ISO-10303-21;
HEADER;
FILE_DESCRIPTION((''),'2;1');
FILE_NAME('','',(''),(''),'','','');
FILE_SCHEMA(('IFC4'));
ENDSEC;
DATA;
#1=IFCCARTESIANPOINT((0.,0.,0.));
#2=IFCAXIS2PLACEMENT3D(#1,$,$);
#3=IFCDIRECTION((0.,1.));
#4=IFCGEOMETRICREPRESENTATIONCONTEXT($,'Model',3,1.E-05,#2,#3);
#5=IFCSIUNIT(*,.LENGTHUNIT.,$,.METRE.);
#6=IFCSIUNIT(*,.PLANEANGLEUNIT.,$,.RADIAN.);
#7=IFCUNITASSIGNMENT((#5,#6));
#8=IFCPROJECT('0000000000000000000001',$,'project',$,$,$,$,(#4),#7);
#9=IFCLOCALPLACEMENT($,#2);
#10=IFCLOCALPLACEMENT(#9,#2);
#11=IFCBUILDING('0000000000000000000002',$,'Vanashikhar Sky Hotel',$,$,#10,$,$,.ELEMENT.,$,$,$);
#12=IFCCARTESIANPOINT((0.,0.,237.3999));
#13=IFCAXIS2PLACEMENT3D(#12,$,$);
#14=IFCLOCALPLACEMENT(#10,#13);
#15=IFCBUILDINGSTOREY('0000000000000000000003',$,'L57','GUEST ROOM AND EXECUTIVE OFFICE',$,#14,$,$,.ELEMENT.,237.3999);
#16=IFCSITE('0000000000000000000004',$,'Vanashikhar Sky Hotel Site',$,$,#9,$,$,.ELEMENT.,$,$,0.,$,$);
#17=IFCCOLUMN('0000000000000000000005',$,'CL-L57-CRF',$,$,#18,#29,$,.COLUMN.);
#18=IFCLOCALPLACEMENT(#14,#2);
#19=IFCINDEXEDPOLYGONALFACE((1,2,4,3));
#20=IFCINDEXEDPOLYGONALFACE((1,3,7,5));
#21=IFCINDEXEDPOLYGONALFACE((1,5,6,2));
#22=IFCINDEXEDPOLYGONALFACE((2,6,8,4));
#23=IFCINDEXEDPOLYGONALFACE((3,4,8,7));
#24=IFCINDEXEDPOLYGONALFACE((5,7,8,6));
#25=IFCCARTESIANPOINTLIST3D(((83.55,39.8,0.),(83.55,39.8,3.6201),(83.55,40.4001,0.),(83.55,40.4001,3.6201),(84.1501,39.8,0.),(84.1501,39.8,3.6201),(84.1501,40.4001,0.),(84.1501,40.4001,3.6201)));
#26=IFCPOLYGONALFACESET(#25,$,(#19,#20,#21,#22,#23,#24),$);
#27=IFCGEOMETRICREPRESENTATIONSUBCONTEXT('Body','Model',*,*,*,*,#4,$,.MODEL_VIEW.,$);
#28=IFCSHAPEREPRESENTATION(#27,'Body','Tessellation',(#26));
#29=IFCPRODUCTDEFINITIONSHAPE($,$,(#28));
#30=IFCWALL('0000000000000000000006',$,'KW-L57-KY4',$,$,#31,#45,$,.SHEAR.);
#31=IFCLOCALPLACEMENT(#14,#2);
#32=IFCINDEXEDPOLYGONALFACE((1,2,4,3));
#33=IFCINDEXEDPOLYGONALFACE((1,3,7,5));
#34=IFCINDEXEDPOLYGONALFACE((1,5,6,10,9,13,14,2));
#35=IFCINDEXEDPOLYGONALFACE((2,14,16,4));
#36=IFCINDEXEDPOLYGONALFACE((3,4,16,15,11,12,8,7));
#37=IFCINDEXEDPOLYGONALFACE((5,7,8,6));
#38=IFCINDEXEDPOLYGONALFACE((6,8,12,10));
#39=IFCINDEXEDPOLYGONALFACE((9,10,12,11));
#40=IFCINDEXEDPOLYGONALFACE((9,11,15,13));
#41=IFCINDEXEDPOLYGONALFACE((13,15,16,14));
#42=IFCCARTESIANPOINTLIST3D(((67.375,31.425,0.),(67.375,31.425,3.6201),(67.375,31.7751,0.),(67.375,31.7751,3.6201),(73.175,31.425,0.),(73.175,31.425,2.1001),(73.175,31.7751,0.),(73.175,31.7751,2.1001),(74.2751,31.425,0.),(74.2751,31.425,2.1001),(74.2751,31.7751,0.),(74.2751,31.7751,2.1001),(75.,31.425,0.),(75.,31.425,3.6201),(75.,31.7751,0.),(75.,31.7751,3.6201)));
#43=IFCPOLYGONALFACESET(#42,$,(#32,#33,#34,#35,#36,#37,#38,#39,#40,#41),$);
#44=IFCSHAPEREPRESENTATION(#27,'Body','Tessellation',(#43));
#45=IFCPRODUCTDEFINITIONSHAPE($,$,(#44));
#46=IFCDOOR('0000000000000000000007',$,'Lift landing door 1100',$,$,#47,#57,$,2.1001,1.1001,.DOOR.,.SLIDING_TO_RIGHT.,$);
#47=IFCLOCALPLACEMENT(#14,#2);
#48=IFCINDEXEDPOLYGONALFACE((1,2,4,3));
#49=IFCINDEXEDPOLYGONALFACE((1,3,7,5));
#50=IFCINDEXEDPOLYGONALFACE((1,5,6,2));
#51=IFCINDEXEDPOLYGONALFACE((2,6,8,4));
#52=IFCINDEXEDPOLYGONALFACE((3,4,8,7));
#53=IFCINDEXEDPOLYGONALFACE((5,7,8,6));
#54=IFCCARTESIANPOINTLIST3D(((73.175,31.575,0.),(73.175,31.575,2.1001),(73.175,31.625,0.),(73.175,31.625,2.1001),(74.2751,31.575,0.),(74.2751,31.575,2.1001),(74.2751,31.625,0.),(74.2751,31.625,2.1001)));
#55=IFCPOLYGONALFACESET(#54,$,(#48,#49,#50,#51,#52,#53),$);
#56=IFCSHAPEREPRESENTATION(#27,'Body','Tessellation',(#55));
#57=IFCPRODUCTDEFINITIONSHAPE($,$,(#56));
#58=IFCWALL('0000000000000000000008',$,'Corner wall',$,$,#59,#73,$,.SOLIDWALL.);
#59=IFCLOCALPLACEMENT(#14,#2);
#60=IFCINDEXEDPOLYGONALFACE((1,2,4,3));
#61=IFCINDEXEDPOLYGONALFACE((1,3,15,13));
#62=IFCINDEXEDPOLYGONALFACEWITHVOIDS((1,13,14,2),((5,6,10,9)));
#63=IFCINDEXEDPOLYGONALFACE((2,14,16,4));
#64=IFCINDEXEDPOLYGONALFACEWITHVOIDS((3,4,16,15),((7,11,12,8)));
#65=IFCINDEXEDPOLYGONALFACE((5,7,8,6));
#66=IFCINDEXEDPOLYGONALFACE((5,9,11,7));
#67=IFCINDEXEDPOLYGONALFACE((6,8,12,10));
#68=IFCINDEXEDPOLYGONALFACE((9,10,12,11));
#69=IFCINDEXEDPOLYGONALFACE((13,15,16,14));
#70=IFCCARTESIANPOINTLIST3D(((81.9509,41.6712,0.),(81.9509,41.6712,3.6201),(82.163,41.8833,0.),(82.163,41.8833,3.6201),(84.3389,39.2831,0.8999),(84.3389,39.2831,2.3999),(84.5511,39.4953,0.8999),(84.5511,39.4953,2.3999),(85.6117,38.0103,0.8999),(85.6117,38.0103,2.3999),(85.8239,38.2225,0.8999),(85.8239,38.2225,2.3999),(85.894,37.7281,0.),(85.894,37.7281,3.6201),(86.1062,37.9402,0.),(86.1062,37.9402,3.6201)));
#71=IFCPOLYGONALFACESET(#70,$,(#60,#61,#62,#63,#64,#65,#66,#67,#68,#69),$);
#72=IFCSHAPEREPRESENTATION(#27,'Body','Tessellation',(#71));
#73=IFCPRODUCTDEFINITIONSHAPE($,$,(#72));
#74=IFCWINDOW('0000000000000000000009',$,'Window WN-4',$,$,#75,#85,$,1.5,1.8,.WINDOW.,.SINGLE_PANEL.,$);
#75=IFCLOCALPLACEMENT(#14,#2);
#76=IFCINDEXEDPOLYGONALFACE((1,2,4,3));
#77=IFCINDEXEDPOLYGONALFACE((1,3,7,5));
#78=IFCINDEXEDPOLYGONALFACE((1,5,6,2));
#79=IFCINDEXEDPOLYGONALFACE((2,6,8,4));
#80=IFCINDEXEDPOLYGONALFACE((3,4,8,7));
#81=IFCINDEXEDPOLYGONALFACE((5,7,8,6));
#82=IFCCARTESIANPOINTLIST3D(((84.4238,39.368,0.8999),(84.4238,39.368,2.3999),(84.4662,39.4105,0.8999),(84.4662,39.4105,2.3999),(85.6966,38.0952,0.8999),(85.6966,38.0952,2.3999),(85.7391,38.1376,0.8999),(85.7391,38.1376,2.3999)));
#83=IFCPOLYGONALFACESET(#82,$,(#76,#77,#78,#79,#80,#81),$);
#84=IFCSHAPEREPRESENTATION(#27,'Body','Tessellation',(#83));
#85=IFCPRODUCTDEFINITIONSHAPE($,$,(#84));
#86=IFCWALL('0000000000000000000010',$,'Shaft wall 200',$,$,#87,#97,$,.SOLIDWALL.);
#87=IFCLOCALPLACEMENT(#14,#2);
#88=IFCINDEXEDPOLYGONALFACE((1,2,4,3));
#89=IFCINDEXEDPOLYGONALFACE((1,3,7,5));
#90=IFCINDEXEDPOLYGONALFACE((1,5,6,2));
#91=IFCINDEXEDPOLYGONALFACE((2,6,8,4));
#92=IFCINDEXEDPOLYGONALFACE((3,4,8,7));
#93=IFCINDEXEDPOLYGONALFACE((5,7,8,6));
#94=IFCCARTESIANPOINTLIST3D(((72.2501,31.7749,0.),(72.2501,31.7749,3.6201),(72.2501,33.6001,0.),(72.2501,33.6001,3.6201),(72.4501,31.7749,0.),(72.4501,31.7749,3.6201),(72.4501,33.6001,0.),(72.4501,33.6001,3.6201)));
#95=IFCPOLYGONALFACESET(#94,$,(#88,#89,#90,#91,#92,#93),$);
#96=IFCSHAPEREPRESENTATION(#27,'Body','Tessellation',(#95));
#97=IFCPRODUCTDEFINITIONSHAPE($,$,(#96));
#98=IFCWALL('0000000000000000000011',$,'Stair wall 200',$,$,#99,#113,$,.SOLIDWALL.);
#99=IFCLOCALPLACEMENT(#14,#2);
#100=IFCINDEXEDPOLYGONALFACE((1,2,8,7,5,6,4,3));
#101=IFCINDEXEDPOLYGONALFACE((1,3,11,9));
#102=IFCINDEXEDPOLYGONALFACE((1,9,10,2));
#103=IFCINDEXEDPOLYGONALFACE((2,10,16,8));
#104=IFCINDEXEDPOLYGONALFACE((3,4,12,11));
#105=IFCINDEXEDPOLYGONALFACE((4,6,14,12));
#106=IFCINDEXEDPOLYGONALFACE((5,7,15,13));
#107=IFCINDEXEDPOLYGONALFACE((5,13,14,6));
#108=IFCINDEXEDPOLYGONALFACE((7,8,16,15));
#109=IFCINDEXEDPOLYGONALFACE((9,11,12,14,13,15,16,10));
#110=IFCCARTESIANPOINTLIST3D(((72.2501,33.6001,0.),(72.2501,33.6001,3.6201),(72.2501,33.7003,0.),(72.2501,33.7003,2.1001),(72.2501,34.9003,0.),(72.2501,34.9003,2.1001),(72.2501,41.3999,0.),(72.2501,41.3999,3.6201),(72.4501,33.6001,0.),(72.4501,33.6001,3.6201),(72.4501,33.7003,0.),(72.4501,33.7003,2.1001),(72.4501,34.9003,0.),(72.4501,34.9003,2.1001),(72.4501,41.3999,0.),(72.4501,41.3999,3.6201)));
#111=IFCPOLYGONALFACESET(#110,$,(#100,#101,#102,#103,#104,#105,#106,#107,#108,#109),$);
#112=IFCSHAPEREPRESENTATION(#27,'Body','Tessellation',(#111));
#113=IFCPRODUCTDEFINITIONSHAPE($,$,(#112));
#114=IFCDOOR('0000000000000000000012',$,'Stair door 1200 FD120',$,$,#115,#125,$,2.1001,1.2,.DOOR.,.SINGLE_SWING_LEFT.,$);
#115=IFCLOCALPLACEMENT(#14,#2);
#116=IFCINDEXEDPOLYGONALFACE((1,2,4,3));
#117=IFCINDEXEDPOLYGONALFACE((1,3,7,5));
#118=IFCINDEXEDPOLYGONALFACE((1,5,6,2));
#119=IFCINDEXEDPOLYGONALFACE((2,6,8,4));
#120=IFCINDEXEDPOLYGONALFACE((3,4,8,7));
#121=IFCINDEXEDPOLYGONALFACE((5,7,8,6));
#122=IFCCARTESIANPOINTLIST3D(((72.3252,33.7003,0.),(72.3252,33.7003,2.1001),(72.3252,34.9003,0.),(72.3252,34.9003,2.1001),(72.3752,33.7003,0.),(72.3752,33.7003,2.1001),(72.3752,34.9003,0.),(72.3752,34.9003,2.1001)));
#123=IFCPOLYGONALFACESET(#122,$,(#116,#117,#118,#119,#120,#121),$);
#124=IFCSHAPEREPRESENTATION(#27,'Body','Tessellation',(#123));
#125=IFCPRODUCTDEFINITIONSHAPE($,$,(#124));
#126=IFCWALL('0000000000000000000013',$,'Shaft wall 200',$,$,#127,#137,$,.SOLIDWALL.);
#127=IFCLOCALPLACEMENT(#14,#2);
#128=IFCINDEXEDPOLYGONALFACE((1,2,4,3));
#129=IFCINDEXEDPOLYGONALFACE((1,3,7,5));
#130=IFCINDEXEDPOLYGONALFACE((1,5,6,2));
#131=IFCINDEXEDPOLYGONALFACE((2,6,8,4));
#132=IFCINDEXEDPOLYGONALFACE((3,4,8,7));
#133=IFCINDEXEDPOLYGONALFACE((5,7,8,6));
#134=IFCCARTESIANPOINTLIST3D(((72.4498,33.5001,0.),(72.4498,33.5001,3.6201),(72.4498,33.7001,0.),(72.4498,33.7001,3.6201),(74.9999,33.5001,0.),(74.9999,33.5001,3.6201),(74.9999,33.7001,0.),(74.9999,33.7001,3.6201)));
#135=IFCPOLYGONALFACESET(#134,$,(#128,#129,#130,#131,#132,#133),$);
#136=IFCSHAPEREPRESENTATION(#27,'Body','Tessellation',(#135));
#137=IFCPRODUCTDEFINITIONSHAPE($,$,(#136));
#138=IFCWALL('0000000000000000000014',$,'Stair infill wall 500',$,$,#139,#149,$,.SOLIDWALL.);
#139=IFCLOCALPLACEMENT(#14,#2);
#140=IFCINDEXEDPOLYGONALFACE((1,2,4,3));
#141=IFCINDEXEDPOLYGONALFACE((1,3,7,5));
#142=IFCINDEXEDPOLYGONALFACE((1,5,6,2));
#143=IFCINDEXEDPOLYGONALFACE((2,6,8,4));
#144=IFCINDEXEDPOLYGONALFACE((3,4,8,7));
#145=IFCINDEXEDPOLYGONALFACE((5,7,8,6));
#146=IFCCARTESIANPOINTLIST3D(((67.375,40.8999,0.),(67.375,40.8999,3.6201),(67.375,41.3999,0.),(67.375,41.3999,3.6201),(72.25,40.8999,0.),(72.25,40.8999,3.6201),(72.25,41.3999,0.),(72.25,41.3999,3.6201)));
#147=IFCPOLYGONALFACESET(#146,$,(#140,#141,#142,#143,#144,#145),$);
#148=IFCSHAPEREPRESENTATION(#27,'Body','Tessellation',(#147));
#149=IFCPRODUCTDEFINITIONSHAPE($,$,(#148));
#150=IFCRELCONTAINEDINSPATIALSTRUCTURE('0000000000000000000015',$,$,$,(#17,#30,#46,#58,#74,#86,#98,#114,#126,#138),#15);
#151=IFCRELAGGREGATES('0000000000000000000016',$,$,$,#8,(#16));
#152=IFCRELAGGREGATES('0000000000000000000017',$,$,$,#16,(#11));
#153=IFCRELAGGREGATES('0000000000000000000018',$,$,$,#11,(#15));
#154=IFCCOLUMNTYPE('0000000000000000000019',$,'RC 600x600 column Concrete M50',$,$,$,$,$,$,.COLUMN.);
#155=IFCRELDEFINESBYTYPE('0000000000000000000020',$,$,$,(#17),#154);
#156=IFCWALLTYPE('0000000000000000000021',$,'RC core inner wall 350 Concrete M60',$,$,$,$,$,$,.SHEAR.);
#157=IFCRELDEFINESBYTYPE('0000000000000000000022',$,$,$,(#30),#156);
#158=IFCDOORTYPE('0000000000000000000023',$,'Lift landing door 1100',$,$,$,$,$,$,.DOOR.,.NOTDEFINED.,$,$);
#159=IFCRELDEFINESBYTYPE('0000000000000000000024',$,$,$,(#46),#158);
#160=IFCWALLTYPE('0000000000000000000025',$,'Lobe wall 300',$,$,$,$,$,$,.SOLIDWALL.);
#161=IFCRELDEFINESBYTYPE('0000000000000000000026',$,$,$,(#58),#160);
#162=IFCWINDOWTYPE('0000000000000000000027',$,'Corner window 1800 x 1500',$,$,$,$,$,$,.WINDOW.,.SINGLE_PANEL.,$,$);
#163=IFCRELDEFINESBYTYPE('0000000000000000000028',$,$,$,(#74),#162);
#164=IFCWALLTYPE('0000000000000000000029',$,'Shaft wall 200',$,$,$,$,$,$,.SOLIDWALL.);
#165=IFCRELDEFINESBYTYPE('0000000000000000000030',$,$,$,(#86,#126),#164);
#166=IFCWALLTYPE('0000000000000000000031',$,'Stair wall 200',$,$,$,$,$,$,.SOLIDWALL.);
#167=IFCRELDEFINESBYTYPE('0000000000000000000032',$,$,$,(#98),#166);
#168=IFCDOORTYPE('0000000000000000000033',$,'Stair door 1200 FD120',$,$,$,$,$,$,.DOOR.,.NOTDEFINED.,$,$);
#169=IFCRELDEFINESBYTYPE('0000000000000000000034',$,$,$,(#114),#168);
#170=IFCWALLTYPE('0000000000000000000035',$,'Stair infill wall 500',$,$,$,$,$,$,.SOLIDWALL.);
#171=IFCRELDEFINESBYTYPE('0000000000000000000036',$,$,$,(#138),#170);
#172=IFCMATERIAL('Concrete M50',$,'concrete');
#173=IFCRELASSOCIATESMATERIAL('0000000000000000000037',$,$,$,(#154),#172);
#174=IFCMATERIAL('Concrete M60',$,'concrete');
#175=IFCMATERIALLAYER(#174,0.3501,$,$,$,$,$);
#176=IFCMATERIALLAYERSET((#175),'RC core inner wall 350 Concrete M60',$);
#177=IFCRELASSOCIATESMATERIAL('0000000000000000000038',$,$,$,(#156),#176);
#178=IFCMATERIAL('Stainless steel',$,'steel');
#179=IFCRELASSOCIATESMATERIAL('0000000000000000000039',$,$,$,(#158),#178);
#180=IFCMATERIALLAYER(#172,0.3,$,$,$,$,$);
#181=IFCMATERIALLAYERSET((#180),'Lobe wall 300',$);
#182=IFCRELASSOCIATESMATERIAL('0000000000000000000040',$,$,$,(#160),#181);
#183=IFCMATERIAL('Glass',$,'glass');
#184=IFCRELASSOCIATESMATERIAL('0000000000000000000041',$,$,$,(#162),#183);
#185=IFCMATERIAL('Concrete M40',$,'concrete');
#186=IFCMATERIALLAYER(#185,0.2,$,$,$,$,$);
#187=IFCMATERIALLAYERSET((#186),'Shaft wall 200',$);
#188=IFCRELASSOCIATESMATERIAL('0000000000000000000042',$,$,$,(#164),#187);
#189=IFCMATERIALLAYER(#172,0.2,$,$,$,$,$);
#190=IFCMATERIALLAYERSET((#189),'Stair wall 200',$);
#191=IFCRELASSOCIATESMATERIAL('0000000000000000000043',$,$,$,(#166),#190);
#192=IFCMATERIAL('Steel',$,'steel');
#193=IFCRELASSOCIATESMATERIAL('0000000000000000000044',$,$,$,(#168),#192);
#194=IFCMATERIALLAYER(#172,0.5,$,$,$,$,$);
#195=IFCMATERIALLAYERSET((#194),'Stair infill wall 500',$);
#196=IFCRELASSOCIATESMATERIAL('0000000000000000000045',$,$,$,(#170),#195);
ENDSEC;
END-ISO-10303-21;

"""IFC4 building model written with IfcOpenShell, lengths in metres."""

from ifc_helpers import new_model, si_unit, direction, frame, frame_2d, origin, origin_2d, place, context, subcontext, project, spatial, rectangle, extrude, source, transform, mapped, material, layer, layer_set, material_profile, profile_set, type_object, element, fill, save


model = new_model("IFC4")

# Units and contexts
model_context = context("Model", 3, precision=1e-05, world=origin(), true_north=direction((0.0, 1.0)))
body_context = subcontext(model_context, "Body", "Model", "MODEL_VIEW")
ifc_project = project(units=[si_unit("LENGTHUNIT", "METRE"), si_unit("PLANEANGLEUNIT", "RADIAN")], contexts=[model_context])

# Site, building, storey
site_placement = place(None, origin())
site = spatial("IfcSite", under=ifc_project, at=site_placement, Name="Vanashikhar Sky Hotel Site", CompositionType="ELEMENT", RefElevation=0.0)
building_placement = place(site_placement, origin())
building = spatial("IfcBuilding", under=site, at=building_placement, Name="Vanashikhar Sky Hotel", CompositionType="ELEMENT")
storey_placement = place(building_placement, frame((0.0, 0.0, 237.3999)))
storey = spatial("IfcBuildingStorey", under=building, at=storey_placement, Name="L57", Description="GUEST ROOM AND EXECUTIVE OFFICE", CompositionType="ELEMENT", Elevation=237.3999)

# Column
ifc_material_1 = material(Name="Concrete M50", Category="concrete")
ifc_material_profile = material_profile(ifc_material_1, rectangle(XDim=0.6001, YDim=0.6001, at=origin_2d()))
ifc_profile_set = profile_set([ifc_material_profile], Name="RC 600x600 column Concrete M50")
column_type = type_object("IfcColumnType", Name="RC 600x600 column Concrete M50", PredefinedType="COLUMN", material=ifc_profile_set)
shared_shape_1 = source(origin(), body_context, "Body", "SweptSolid", [
    extrude(rectangle(XDim=0.6001, YDim=0.6001, at=origin_2d()), origin(), (0.0, 0.0, 1.0), 3.6201),
])
column_placement = place(storey_placement, frame((83.8501, 40.1001, 0.0), z_axis=(0.0, 0.0, 1.0), x_axis=(1.0, 0.0, 0.0)))
element("IfcColumn", 1, at=column_placement, inside=storey, type_object=column_type, Name="CL-L57-CRF", PredefinedType="COLUMN", context=body_context, shape_type="MappedRepresentation", body=[
    mapped(shared_shape_1, transform((0.0, 0.0, 0.0), scale=1.0)),
])

# Wall, opening, door
ifc_material_2 = material(Name="Concrete M60", Category="concrete")
ifc_layer_1 = layer(ifc_material_2, 0.3501)
ifc_layer_set_1 = layer_set([ifc_layer_1], Name="RC core inner wall 350 Concrete M60")
wall_type_1 = type_object("IfcWallType", Name="RC core inner wall 350 Concrete M60", PredefinedType="SHEAR", material=ifc_layer_set_1)
shared_shape_2 = source(origin(), body_context, "Body", "SweptSolid", [
    extrude(rectangle(XDim=7.625, YDim=0.3501, at=frame_2d((3.8125, 0.0))), origin(), (0.0, 0.0, 1.0), 3.6201),
])
wall_1_placement = place(storey_placement, frame((67.375, 31.6001, 0.0), z_axis=(0.0, 0.0, 1.0), x_axis=(1.0, 0.0, 0.0)))
wall_1 = element("IfcWall", 2, at=wall_1_placement, inside=storey, type_object=wall_type_1, Name="KW-L57-KY4", PredefinedType="SHEAR", context=body_context, shape_type="MappedRepresentation", body=[
    mapped(shared_shape_2, transform((0.0, 0.0, 0.0), scale=1.0)),
])
shared_shape_3 = source(origin(), body_context, "Body", "SweptSolid", [
    extrude(rectangle(XDim=1.1001, YDim=2.1001, at=frame_2d((0.55, 1.05))), frame((0.0, 0.1851, 0.0), z_axis=(0.0, -1.0, 0.0), x_axis=(1.0, 0.0, 0.0)), (0.0, 0.0, 1.0), 0.3701),
])
opening_1_placement = place(wall_1_placement, frame((5.8, 0.0, 0.0)))
opening_1 = element("IfcOpeningElement", 3, at=opening_1_placement, cuts=wall_1, PredefinedType="OPENING", context=body_context, shape_type="MappedRepresentation", body=[
    mapped(shared_shape_3, transform((0.0, 0.0, 0.0), scale=1.0)),
])
ifc_material_3 = material(Name="Stainless steel", Category="steel")
door_type_1 = type_object("IfcDoorType", Name="Lift landing door 1100", OperationType="NOTDEFINED", PredefinedType="DOOR", material=ifc_material_3)
shared_shape_4 = source(origin(), body_context, "Body", "SweptSolid", [
    extrude(rectangle(XDim=1.1001, YDim=2.1001, at=frame_2d((0.55, 1.05))), frame((0.0, 0.0249, 0.0), z_axis=(0.0, -1.0, 0.0), x_axis=(1.0, 0.0, 0.0)), (0.0, 0.0, 1.0), 0.05),
])
door_1_placement = place(opening_1_placement, origin())
door_1 = element("IfcDoor", 4, at=door_1_placement, inside=storey, type_object=door_type_1, Name="Lift landing door 1100", OperationType="SLIDING_TO_RIGHT", OverallHeight=2.1001, OverallWidth=1.1001, PredefinedType="DOOR", context=body_context, shape_type="MappedRepresentation", body=[
    mapped(shared_shape_4, transform((0.0, 0.0, 0.0), scale=1.0)),
])
fill(opening_1, door_1)

# Wall, opening, window
ifc_layer_2 = layer(ifc_material_1, 0.3)
ifc_layer_set_2 = layer_set([ifc_layer_2], Name="Lobe wall 300")
wall_type_2 = type_object("IfcWallType", Name="Lobe wall 300", PredefinedType="SOLIDWALL", material=ifc_layer_set_2)
shared_shape_5 = source(origin(), body_context, "Body", "SweptSolid", [
    extrude(rectangle(XDim=5.5764, YDim=0.3, at=frame_2d((2.7881, 0.0))), origin(), (0.0, 0.0, 1.0), 3.6201),
])
wall_2_placement = place(storey_placement, frame((86.0, 37.8342, 0.0), z_axis=(0.0, 0.0, 1.0), x_axis=(-0.707107, 0.707107, 0.0)))
wall_2 = element("IfcWall", 5, at=wall_2_placement, inside=storey, type_object=wall_type_2, Name="Corner wall", PredefinedType="SOLIDWALL", context=body_context, shape_type="MappedRepresentation", body=[
    mapped(shared_shape_5, transform((0.0, 0.0, 0.0), scale=1.0)),
])
shared_shape_6 = source(origin(), body_context, "Body", "SweptSolid", [
    extrude(rectangle(XDim=1.8, YDim=1.5, at=frame_2d((0.8999, 0.75))), frame((0.0, 0.1602, 0.0), z_axis=(0.0, -1.0, 0.0), x_axis=(1.0, 0.0, 0.0)), (0.0, 0.0, 1.0), 0.3201),
])
opening_2_placement = place(wall_2_placement, frame((0.3992, 0.0, 0.8999)))
opening_2 = element("IfcOpeningElement", 6, at=opening_2_placement, cuts=wall_2, PredefinedType="OPENING", context=body_context, shape_type="MappedRepresentation", body=[
    mapped(shared_shape_6, transform((0.0, 0.0, 0.0), scale=1.0)),
])
ifc_material_4 = material(Name="Glass", Category="glass")
window_type = type_object("IfcWindowType", Name="Corner window 1800 x 1500", PartitioningType="SINGLE_PANEL", PredefinedType="WINDOW", material=ifc_material_4)
shared_shape_7 = source(origin(), body_context, "Body", "SweptSolid", [
    extrude(rectangle(XDim=1.8, YDim=1.5, at=frame_2d((0.8999, 0.75))), frame((0.0, 0.03, 0.0), z_axis=(0.0, -1.0, 0.0), x_axis=(1.0, 0.0, 0.0)), (0.0, 0.0, 1.0), 0.0601),
])
window_placement = place(opening_2_placement, origin())
window = element("IfcWindow", 7, at=window_placement, inside=storey, type_object=window_type, Name="Window WN-4", OverallHeight=1.5, OverallWidth=1.8, PartitioningType="SINGLE_PANEL", PredefinedType="WINDOW", context=body_context, shape_type="MappedRepresentation", body=[
    mapped(shared_shape_7, transform((0.0, 0.0, 0.0), scale=1.0)),
])
fill(opening_2, window)

# Wall
ifc_material_5 = material(Name="Concrete M40", Category="concrete")
ifc_layer_3 = layer(ifc_material_5, 0.2)
ifc_layer_set_3 = layer_set([ifc_layer_3], Name="Shaft wall 200")
wall_type_3 = type_object("IfcWallType", Name="Shaft wall 200", PredefinedType="SOLIDWALL", material=ifc_layer_set_3)
shared_shape_8 = source(origin(), body_context, "Body", "SweptSolid", [
    extrude(rectangle(XDim=1.8252, YDim=0.2, at=frame_2d((0.9126, 0.0))), origin(), (0.0, 0.0, 1.0), 3.6201),
])
wall_3_placement = place(storey_placement, frame((72.3501, 31.7749, 0.0), z_axis=(0.0, 0.0, 1.0), x_axis=(0.0, 1.0, 0.0)))
element("IfcWall", 8, at=wall_3_placement, inside=storey, type_object=wall_type_3, Name="Shaft wall 200", PredefinedType="SOLIDWALL", context=body_context, shape_type="MappedRepresentation", body=[
    mapped(shared_shape_8, transform((0.0, 0.0, 0.0), scale=1.0)),
])

# Wall, opening, door
ifc_layer_4 = layer(ifc_material_1, 0.2)
ifc_layer_set_4 = layer_set([ifc_layer_4], Name="Stair wall 200")
wall_type_4 = type_object("IfcWallType", Name="Stair wall 200", PredefinedType="SOLIDWALL", material=ifc_layer_set_4)
shared_shape_9 = source(origin(), body_context, "Body", "SweptSolid", [
    extrude(rectangle(XDim=7.7998, YDim=0.2, at=frame_2d((3.8999, 0.0))), origin(), (0.0, 0.0, 1.0), 3.6201),
])
wall_4_placement = place(storey_placement, frame((72.3501, 33.6001, 0.0), z_axis=(0.0, 0.0, 1.0), x_axis=(0.0, 1.0, 0.0)))
wall_4 = element("IfcWall", 9, at=wall_4_placement, inside=storey, type_object=wall_type_4, Name="Stair wall 200", PredefinedType="SOLIDWALL", context=body_context, shape_type="MappedRepresentation", body=[
    mapped(shared_shape_9, transform((0.0, 0.0, 0.0), scale=1.0)),
])
shared_shape_10 = source(origin(), body_context, "Body", "SweptSolid", [
    extrude(rectangle(XDim=1.2, YDim=2.1001, at=frame_2d((0.6001, 1.05))), frame((0.0, 0.1099, 0.0), z_axis=(0.0, -1.0, 0.0), x_axis=(1.0, 0.0, 0.0)), (0.0, 0.0, 1.0), 0.22),
])
opening_3_placement = place(wall_4_placement, frame((0.1001, 0.0, 0.0)))
opening_3 = element("IfcOpeningElement", 10, at=opening_3_placement, cuts=wall_4, PredefinedType="OPENING", context=body_context, shape_type="MappedRepresentation", body=[
    mapped(shared_shape_10, transform((0.0, 0.0, 0.0), scale=1.0)),
])
ifc_material_6 = material(Name="Steel", Category="steel")
door_type_2 = type_object("IfcDoorType", Name="Stair door 1200 FD120", OperationType="NOTDEFINED", PredefinedType="DOOR", material=ifc_material_6)
shared_shape_11 = source(origin(), body_context, "Body", "SweptSolid", [
    extrude(rectangle(XDim=1.2, YDim=2.1001, at=frame_2d((0.6001, 1.05))), frame((0.0, 0.0249, 0.0), z_axis=(0.0, -1.0, 0.0), x_axis=(1.0, 0.0, 0.0)), (0.0, 0.0, 1.0), 0.05),
])
door_2_placement = place(opening_3_placement, origin())
door_2 = element("IfcDoor", 11, at=door_2_placement, inside=storey, type_object=door_type_2, Name="Stair door 1200 FD120", OperationType="SINGLE_SWING_LEFT", OverallHeight=2.1001, OverallWidth=1.2, PredefinedType="DOOR", context=body_context, shape_type="MappedRepresentation", body=[
    mapped(shared_shape_11, transform((0.0, 0.0, 0.0), scale=1.0)),
])
fill(opening_3, door_2)

# Walls
shared_shape_12 = source(origin(), body_context, "Body", "SweptSolid", [
    extrude(rectangle(XDim=2.55, YDim=0.2, at=frame_2d((1.2749, 0.0))), origin(), (0.0, 0.0, 1.0), 3.6201),
])
wall_5_placement = place(storey_placement, frame((72.45, 33.6001, 0.0), z_axis=(0.0, 0.0, 1.0), x_axis=(1.0, 0.0, 0.0)))
element("IfcWall", 12, at=wall_5_placement, inside=storey, type_object=wall_type_3, Name="Shaft wall 200", PredefinedType="SOLIDWALL", context=body_context, shape_type="MappedRepresentation", body=[
    mapped(shared_shape_12, transform((0.0, 0.0, 0.0), scale=1.0)),
])
ifc_layer_5 = layer(ifc_material_1, 0.5)
ifc_layer_set_5 = layer_set([ifc_layer_5], Name="Stair infill wall 500")
wall_type_5 = type_object("IfcWallType", Name="Stair infill wall 500", PredefinedType="SOLIDWALL", material=ifc_layer_set_5)
shared_shape_13 = source(origin(), body_context, "Body", "SweptSolid", [
    extrude(rectangle(XDim=4.875, YDim=0.5, at=frame_2d((2.4375, 0.0))), origin(), (0.0, 0.0, 1.0), 3.6201),
])
wall_6_placement = place(storey_placement, frame((67.375, 41.1499, 0.0), z_axis=(0.0, 0.0, 1.0), x_axis=(1.0, 0.0, 0.0)))
element("IfcWall", 13, at=wall_6_placement, inside=storey, type_object=wall_type_5, Name="Stair infill wall 500", PredefinedType="SOLIDWALL", context=body_context, shape_type="MappedRepresentation", body=[
    mapped(shared_shape_13, transform((0.0, 0.0, 0.0), scale=1.0)),
])

save(model, "model.ifc")
